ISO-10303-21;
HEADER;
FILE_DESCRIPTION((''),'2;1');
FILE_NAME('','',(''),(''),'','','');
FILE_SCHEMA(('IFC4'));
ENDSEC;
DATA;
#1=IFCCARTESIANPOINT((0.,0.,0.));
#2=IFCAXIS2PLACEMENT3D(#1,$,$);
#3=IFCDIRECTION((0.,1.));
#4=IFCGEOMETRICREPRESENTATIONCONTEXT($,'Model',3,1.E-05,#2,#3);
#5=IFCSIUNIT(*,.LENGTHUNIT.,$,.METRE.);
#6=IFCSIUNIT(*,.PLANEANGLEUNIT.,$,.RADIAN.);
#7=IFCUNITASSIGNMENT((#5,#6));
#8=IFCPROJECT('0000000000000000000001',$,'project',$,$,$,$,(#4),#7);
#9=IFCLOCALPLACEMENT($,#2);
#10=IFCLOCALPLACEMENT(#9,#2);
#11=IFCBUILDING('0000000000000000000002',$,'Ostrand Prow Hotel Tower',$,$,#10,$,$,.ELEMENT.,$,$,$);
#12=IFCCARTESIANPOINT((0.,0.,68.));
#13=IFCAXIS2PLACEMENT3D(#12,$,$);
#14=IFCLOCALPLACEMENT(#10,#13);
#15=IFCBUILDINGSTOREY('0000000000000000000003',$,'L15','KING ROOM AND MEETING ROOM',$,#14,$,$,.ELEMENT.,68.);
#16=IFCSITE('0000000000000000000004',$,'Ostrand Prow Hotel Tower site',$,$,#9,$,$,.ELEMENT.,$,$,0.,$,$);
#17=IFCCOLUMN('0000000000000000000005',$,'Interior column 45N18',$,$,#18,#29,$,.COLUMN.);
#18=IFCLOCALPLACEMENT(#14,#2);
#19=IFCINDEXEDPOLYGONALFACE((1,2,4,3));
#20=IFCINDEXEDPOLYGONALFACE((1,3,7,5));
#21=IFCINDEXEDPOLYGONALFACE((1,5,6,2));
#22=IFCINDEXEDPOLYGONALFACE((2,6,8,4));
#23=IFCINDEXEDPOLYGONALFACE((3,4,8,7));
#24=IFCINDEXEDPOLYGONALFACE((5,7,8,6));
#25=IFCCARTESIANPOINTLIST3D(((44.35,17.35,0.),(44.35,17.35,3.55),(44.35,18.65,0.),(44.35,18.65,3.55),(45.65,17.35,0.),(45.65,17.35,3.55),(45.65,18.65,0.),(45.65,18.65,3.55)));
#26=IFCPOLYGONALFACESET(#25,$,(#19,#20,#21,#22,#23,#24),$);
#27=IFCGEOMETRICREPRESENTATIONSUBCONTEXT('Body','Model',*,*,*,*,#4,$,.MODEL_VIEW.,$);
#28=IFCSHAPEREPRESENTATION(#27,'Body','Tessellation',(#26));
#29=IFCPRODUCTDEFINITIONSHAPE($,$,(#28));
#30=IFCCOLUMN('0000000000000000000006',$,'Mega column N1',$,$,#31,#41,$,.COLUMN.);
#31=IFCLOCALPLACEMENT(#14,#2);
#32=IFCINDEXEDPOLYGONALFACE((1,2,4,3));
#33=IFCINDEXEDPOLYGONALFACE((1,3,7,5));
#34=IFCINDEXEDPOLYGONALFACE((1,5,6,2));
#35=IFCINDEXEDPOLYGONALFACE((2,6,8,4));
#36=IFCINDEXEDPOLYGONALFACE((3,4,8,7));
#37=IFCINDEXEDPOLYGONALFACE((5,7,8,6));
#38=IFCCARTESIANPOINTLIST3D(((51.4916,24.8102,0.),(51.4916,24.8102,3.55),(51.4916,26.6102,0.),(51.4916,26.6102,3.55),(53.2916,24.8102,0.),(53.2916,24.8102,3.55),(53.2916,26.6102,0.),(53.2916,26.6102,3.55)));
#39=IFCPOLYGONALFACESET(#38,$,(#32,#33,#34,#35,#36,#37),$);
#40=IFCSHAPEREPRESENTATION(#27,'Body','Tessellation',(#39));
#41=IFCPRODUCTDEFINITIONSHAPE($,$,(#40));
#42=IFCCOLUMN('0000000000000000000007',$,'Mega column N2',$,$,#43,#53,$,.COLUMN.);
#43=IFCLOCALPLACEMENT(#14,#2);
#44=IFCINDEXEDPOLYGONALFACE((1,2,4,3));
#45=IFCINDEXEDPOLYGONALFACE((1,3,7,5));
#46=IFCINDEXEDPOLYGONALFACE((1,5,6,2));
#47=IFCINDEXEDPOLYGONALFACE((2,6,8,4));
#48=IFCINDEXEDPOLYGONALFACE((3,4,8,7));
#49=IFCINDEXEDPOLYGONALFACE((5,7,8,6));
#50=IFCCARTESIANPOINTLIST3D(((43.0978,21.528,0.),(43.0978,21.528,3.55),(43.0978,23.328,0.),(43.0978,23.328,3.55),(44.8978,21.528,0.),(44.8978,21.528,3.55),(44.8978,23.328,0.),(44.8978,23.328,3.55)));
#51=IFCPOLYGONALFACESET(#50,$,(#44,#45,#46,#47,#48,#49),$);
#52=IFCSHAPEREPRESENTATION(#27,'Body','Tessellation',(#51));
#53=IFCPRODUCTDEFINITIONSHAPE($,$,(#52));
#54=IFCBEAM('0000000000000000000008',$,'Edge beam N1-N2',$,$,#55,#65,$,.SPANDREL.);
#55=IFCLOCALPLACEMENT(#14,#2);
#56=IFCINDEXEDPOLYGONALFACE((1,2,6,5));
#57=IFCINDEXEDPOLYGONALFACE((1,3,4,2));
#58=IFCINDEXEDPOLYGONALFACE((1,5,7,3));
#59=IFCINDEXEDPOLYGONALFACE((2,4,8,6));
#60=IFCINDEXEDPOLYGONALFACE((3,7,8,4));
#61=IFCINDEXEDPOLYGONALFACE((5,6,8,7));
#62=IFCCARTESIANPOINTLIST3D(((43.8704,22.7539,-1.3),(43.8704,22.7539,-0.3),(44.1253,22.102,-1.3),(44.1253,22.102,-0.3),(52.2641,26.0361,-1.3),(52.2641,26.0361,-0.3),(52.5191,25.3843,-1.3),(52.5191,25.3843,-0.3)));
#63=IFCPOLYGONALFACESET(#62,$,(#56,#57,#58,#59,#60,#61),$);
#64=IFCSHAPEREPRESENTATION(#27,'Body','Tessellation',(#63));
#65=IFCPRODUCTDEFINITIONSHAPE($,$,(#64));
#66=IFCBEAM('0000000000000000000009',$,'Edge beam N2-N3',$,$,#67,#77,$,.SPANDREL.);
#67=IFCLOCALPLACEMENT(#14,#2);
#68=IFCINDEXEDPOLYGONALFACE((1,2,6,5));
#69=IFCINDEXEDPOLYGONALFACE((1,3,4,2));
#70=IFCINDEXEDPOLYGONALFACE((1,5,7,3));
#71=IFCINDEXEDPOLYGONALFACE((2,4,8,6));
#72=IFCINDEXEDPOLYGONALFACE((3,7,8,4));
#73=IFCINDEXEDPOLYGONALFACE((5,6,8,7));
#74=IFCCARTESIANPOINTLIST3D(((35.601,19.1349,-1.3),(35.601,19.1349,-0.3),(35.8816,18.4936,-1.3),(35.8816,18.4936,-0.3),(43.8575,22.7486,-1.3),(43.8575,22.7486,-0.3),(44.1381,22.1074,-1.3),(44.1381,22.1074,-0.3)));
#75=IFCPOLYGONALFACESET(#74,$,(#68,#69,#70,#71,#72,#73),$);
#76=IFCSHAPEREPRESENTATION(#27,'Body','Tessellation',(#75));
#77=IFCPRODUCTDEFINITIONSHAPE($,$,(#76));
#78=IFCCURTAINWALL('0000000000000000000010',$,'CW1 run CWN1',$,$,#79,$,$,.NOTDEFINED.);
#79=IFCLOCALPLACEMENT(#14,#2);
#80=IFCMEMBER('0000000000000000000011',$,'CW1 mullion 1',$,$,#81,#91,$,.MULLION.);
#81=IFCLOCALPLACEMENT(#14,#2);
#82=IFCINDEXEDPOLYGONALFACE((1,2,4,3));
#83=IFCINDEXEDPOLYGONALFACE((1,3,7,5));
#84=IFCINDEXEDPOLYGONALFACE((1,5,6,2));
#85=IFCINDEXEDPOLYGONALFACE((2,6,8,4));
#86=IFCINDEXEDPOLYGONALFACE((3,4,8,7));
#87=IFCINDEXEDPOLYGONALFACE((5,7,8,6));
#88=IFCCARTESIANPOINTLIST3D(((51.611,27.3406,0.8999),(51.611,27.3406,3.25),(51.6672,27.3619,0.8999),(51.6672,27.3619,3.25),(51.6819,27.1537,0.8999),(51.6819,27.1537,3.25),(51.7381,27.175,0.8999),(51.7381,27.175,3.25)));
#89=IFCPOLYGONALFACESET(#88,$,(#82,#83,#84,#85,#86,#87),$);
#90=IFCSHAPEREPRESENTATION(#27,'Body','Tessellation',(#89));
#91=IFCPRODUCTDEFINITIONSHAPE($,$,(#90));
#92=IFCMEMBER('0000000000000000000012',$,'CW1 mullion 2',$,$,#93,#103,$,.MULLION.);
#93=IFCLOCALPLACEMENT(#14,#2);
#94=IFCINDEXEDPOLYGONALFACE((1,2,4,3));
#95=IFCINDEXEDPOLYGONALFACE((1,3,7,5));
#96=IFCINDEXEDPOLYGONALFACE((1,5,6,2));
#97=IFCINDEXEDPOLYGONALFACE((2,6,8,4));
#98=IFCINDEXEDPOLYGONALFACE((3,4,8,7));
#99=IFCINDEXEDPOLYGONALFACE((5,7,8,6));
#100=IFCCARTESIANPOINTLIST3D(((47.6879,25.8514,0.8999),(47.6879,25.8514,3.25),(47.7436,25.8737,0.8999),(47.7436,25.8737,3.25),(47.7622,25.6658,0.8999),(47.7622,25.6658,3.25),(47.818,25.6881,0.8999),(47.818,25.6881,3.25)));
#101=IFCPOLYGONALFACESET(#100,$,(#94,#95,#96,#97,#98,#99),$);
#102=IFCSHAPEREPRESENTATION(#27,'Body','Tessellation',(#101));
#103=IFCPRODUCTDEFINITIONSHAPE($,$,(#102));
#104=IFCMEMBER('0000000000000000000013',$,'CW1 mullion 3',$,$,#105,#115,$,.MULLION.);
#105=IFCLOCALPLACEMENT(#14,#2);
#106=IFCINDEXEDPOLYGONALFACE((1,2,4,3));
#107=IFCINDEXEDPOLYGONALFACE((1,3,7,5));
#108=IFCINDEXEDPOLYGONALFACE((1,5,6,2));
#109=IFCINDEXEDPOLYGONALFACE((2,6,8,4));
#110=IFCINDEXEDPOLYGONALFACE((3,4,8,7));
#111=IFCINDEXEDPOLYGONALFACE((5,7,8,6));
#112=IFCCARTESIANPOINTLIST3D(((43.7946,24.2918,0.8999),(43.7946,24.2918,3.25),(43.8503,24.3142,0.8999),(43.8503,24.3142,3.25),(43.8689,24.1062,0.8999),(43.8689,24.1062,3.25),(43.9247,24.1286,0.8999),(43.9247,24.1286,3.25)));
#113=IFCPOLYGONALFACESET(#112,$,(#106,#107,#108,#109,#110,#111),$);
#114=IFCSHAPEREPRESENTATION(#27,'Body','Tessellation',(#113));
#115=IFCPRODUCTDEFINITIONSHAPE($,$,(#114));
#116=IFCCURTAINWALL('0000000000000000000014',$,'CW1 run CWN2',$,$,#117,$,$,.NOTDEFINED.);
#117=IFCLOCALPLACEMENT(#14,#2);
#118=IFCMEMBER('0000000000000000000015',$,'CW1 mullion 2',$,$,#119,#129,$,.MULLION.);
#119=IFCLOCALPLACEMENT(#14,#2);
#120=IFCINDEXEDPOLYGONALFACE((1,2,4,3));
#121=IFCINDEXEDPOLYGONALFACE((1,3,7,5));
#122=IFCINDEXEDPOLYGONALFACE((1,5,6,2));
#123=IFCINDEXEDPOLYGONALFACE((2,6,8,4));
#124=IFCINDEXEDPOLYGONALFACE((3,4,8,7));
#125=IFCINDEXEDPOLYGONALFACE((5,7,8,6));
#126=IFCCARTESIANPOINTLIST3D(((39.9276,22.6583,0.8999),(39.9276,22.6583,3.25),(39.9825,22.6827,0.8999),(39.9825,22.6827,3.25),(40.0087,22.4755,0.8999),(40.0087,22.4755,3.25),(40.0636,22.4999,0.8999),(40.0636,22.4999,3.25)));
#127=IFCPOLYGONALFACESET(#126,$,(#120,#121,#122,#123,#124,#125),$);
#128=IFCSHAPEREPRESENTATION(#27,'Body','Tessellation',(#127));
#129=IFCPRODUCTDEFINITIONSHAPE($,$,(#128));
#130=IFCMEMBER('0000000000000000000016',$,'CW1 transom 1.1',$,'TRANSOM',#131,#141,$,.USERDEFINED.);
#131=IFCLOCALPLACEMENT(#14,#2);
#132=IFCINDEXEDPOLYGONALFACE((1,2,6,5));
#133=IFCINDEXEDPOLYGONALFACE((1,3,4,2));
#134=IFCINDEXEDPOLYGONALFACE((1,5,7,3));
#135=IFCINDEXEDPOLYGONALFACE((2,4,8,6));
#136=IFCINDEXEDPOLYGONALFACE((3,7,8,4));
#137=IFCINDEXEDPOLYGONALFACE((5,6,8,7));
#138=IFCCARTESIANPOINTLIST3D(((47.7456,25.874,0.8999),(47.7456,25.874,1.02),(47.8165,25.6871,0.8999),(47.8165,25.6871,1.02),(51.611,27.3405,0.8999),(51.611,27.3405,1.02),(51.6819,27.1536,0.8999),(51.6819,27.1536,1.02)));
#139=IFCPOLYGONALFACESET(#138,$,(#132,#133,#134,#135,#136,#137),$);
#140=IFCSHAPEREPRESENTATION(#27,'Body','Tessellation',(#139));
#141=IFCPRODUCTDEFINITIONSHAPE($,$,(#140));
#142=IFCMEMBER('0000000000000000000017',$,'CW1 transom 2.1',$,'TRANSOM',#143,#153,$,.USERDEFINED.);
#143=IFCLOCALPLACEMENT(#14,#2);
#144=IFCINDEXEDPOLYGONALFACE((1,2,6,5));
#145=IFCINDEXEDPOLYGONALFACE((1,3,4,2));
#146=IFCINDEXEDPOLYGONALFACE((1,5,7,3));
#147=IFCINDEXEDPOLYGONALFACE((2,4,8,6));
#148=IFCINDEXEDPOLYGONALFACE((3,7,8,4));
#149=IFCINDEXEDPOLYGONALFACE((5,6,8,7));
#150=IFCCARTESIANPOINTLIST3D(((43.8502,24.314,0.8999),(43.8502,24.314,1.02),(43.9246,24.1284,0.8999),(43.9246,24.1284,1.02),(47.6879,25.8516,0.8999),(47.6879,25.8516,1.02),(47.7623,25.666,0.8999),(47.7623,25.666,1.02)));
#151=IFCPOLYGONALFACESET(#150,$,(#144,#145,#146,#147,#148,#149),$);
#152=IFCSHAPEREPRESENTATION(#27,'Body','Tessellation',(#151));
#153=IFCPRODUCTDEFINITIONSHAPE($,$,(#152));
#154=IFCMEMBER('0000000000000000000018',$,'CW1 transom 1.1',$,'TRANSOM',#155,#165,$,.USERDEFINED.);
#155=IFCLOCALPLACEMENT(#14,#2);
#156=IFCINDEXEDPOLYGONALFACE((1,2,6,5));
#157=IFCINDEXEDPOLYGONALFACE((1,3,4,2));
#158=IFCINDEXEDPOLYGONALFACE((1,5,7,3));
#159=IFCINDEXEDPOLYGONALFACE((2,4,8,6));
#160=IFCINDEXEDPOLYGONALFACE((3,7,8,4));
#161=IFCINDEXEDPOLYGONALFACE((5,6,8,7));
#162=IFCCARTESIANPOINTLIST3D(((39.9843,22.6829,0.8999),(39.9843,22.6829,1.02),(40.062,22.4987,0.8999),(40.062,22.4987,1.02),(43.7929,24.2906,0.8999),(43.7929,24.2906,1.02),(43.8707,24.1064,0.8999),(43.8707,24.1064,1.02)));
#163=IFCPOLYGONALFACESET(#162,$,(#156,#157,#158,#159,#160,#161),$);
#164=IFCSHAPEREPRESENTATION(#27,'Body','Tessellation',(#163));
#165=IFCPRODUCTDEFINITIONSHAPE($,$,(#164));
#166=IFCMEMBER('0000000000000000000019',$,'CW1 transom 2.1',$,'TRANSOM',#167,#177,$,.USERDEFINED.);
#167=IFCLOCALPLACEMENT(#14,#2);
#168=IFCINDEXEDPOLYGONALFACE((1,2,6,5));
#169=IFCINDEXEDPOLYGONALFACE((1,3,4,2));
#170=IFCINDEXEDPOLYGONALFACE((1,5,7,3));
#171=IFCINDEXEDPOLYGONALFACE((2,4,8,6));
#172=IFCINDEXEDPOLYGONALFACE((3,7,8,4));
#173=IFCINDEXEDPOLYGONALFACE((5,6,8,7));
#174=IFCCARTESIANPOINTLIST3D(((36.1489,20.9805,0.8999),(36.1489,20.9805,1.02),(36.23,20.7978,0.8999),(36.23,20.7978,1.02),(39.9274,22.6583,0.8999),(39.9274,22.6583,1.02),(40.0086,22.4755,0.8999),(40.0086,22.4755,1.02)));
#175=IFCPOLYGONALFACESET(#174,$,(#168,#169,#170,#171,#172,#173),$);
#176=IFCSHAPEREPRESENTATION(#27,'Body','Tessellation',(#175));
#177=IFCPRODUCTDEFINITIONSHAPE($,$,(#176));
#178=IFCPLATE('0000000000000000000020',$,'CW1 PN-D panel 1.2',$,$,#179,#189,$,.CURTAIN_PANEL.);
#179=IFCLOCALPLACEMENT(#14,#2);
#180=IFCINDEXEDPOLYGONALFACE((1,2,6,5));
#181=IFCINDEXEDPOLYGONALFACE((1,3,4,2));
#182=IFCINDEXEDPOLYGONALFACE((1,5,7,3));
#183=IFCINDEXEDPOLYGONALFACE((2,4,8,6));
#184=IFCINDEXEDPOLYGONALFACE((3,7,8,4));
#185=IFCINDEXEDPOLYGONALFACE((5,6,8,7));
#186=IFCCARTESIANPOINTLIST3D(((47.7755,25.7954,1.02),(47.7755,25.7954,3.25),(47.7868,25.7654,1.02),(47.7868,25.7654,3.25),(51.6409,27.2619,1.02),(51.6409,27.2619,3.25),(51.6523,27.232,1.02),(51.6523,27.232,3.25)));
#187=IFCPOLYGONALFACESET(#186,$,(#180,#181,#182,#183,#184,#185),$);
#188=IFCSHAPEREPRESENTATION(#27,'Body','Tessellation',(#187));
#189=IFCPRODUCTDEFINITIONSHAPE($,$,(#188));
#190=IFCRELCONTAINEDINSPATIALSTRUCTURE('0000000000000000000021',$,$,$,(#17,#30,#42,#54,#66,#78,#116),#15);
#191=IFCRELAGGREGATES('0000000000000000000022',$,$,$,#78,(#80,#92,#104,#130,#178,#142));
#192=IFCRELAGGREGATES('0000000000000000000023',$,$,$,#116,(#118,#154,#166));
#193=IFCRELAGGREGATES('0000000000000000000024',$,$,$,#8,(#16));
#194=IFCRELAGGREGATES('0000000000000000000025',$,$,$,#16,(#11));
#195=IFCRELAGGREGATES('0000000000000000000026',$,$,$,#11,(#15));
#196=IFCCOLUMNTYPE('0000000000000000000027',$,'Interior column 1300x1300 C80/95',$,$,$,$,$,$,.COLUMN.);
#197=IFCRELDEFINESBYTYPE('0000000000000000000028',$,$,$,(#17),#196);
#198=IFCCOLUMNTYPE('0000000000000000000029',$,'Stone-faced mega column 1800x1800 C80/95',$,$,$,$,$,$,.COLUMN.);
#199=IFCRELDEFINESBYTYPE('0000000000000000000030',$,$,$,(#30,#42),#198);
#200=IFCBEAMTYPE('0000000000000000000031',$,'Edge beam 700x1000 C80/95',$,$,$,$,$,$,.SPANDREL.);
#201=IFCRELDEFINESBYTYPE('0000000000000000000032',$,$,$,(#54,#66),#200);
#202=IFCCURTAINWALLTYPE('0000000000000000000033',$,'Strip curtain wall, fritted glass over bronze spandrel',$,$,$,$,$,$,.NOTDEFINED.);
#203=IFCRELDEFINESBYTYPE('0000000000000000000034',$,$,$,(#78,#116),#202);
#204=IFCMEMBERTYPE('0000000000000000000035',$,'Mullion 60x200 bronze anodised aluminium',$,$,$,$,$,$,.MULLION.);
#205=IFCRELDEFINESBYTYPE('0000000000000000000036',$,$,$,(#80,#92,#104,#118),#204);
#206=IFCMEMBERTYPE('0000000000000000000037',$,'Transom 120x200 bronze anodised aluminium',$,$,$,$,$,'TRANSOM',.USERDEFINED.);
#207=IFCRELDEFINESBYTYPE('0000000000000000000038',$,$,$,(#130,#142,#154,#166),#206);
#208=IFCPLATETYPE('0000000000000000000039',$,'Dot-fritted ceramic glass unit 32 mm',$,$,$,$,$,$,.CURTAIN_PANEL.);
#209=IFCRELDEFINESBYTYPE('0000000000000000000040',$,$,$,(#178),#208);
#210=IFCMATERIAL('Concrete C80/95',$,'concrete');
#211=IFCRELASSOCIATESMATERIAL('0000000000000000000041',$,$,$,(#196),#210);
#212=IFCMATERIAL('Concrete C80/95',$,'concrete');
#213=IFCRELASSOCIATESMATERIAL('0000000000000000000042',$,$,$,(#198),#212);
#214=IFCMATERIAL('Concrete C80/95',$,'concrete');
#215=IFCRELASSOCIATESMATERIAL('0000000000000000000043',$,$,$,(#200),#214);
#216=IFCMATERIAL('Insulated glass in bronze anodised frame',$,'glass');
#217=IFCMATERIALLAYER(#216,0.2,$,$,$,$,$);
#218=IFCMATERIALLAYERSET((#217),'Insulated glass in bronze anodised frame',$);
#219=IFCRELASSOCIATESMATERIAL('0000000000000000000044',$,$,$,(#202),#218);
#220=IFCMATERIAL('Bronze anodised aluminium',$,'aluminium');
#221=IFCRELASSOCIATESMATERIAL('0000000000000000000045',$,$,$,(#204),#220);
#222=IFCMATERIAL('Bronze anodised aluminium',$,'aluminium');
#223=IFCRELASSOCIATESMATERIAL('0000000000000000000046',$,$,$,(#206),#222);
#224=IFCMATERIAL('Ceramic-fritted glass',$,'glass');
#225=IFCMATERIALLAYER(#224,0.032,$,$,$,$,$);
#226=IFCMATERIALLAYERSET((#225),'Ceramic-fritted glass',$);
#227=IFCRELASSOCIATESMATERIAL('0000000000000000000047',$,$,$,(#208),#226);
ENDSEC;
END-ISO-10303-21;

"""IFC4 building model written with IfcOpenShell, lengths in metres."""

from ifc_helpers import new_model, si_unit, direction, frame, origin, origin_2d, place, context, subcontext, project, spatial, rectangle, extrude, material, layer, layer_set, material_profile, profile_set, type_object, element, aggregate, save


model = new_model("IFC4")

# Units and contexts
model_context = context("Model", 3, precision=1e-05, world=origin(), true_north=direction((0.0, 1.0)))
body_context = subcontext(model_context, "Body", "Model", "MODEL_VIEW")
ifc_project = project(units=[si_unit("LENGTHUNIT", "METRE"), si_unit("PLANEANGLEUNIT", "RADIAN")], contexts=[model_context])

# Site, building, storey
site_placement = place(None, origin())
site = spatial("IfcSite", under=ifc_project, at=site_placement, Name="Ostrand Prow Hotel Tower site", CompositionType="ELEMENT", RefElevation=0.0)
building_placement = place(site_placement, origin())
building = spatial("IfcBuilding", under=site, at=building_placement, Name="Ostrand Prow Hotel Tower", CompositionType="ELEMENT")
storey_placement = place(building_placement, frame((0.0, 0.0, 68.0)))
storey = spatial("IfcBuildingStorey", under=building, at=storey_placement, Name="L15", Description="KING ROOM AND MEETING ROOM", CompositionType="ELEMENT", Elevation=68.0)

# Columns
ifc_material_1 = material(Name="Concrete C80/95", Category="concrete")
ifc_material_profile_1 = material_profile(ifc_material_1, rectangle(XDim=1.3, YDim=1.3, at=origin_2d()), Name="RC 1300x1300")
ifc_profile_set_1 = profile_set([ifc_material_profile_1], Name="Concrete C80/95")
column_type_1 = type_object("IfcColumnType", Name="Interior column 1300x1300 C80/95", PredefinedType="COLUMN", material=ifc_profile_set_1)
column_placement = place(storey_placement, frame((45.0, 18.0, 0.0), z_axis=(0.0, 0.0, 1.0), x_axis=(1.0, 0.0, 0.0)))
element("IfcColumn", 1, at=column_placement, inside=storey, type_object=column_type_1, Name="Interior column 45N18", PredefinedType="COLUMN", context=body_context, shape_type="SweptSolid", body=[
    extrude(rectangle(XDim=1.3, YDim=1.3, at=origin_2d()), origin(), (0.0, 0.0, 1.0), 3.55),
])
ifc_material_2 = material(Name="Concrete C80/95", Category="concrete")
ifc_material_profile_2 = material_profile(ifc_material_2, rectangle(XDim=1.8, YDim=1.8, at=origin_2d()), Name="RC 1800x1800")
ifc_profile_set_2 = profile_set([ifc_material_profile_2], Name="Concrete C80/95")
column_type_2 = type_object("IfcColumnType", Name="Stone-faced mega column 1800x1800 C80/95", PredefinedType="COLUMN", material=ifc_profile_set_2)
for number, where, z_axis, x_axis, name in (
    (2, (52.3916, 25.7102, 0.0), (0.0, 0.0, 1.0), (1.0, 0.0, 0.0), "Mega column N1"),
    (3, (43.9978, 22.428, 0.0), (0.0, 0.0, 1.0), (1.0, 0.0, 0.0), "Mega column N2"),
):
    element("IfcColumn", number, at=place(storey_placement, frame(where, z_axis=z_axis, x_axis=x_axis)), inside=storey, type_object=column_type_2, Name=name, PredefinedType="COLUMN", context=body_context, shape_type="SweptSolid", body=[
        extrude(rectangle(XDim=1.8, YDim=1.8, at=origin_2d()), origin(), (0.0, 0.0, 1.0), 3.55),
    ])

# Beams
ifc_material_3 = material(Name="Concrete C80/95", Category="concrete")
ifc_material_profile_3 = material_profile(ifc_material_3, rectangle(XDim=0.7, YDim=1.0, at=origin_2d()), Name="RC 700x1000")
ifc_profile_set_3 = profile_set([ifc_material_profile_3], Name="Concrete C80/95")
beam_type = type_object("IfcBeamType", Name="Edge beam 700x1000 C80/95", PredefinedType="SPANDREL", material=ifc_profile_set_3)
for number, where, z_axis, x_axis, name in (
    (4, (52.3916, 25.7102, -0.8), (-0.931329, -0.364178, 0.0), (0.364178, -0.931329, 0.0), "Edge beam N1-N2"),
    (5, (43.9978, 22.428, -0.8), (-0.916096, -0.40096, 0.0), (0.40096, -0.916096, 0.0), "Edge beam N2-N3"),
):
    element("IfcBeam", number, at=place(storey_placement, frame(where, z_axis=z_axis, x_axis=x_axis)), inside=storey, type_object=beam_type, Name=name, PredefinedType="SPANDREL", context=body_context, shape_type="SweptSolid", body=[
        extrude(rectangle(XDim=0.7, YDim=1.0, at=origin_2d()), origin(), (0.0, 0.0, 1.0), 9.0127),
    ])

# Curtain wall, members
ifc_material_4 = material(Name="Insulated glass in bronze anodised frame", Category="glass")
ifc_layer_1 = layer(ifc_material_4, 0.2)
ifc_layer_set_1 = layer_set([ifc_layer_1], Name="Insulated glass in bronze anodised frame")
curtain_wall_type = type_object("IfcCurtainWallType", Name="Strip curtain wall, fritted glass over bronze spandrel", PredefinedType="NOTDEFINED", material=ifc_layer_set_1)
curtain_wall_1_placement = place(storey_placement, origin())
curtain_wall_1 = element("IfcCurtainWall", 6, at=curtain_wall_1_placement, inside=storey, type_object=curtain_wall_type, Name="CW1 run CWN1", PredefinedType="NOTDEFINED")
ifc_material_5 = material(Name="Bronze anodised aluminium", Category="aluminium")
ifc_material_profile_4 = material_profile(ifc_material_5, rectangle(XDim=0.2, YDim=0.0601, at=origin_2d()), Name="Mullion 60x200 bronze anodised aluminium")
ifc_profile_set_4 = profile_set([ifc_material_profile_4], Name="Bronze anodised aluminium")
member_type_1 = type_object("IfcMemberType", Name="Mullion 60x200 bronze anodised aluminium", PredefinedType="MULLION", material=ifc_profile_set_4)
member_1_placement = place(storey_placement, frame((51.6746, 27.2578, 0.8999), z_axis=(0.0, 0.0, 1.0), x_axis=(0.354728, -0.934969, 0.0)))
member_1 = element("IfcMember", 7, at=member_1_placement, type_object=member_type_1, Name="CW1 mullion 1", PredefinedType="MULLION", context=body_context, shape_type="SweptSolid", body=[
    extrude(rectangle(XDim=0.2, YDim=0.0601, at=origin_2d()), origin(), (0.0, 0.0, 1.0), 2.3501),
])
member_2_placement = place(storey_placement, frame((47.7529, 25.7698, 0.8999), z_axis=(0.0, 0.0, 1.0), x_axis=(0.371873, -0.928283, 0.0)))
member_2 = element("IfcMember", 8, at=member_2_placement, type_object=member_type_1, Name="CW1 mullion 2", PredefinedType="MULLION", context=body_context, shape_type="SweptSolid", body=[
    extrude(rectangle(XDim=0.2, YDim=0.0601, at=origin_2d()), origin(), (0.0, 0.0, 1.0), 2.3501),
])
member_3_placement = place(storey_placement, frame((43.8596, 24.2102, 0.8999), z_axis=(0.0, 0.0, 1.0), x_axis=(0.371873, -0.928283, 0.0)))
member_3 = element("IfcMember", 9, at=member_3_placement, type_object=member_type_1, Name="CW1 mullion 3", PredefinedType="MULLION", context=body_context, shape_type="SweptSolid", body=[
    extrude(rectangle(XDim=0.2, YDim=0.0601, at=origin_2d()), origin(), (0.0, 0.0, 1.0), 2.3501),
])

# Curtain wall, member
curtain_wall_2_placement = place(storey_placement, origin())
curtain_wall_2 = element("IfcCurtainWall", 10, at=curtain_wall_2_placement, inside=storey, type_object=curtain_wall_type, Name="CW1 run CWN2", PredefinedType="NOTDEFINED")
member_4_placement = place(storey_placement, frame((39.9956, 22.5791, 0.8999), z_axis=(0.0, 0.0, 1.0), x_axis=(0.40578, -0.913971, 0.0)))
member_4 = element("IfcMember", 11, at=member_4_placement, type_object=member_type_1, Name="CW1 mullion 2", PredefinedType="MULLION", context=body_context, shape_type="SweptSolid", body=[
    extrude(rectangle(XDim=0.2, YDim=0.0601, at=origin_2d()), origin(), (0.0, 0.0, 1.0), 2.3501),
])

# Members
ifc_material_6 = material(Name="Bronze anodised aluminium", Category="aluminium")
ifc_material_profile_5 = material_profile(ifc_material_6, rectangle(XDim=0.2, YDim=0.1201, at=origin_2d()), Name="Transom 120x200 bronze anodised aluminium")
ifc_profile_set_5 = profile_set([ifc_material_profile_5], Name="Bronze anodised aluminium")
member_type_2 = type_object("IfcMemberType", Name="Transom 120x200 bronze anodised aluminium", ElementType="TRANSOM", PredefinedType="USERDEFINED", material=ifc_profile_set_5)
member_5_placement = place(storey_placement, frame((51.6465, 27.2471, 0.96), z_axis=(-0.934971, -0.354725, 0.0), x_axis=(0.354725, -0.934971, 0.0)))
member_5 = element("IfcMember", 12, at=member_5_placement, type_object=member_type_2, Name="CW1 transom 1.1", ObjectType="TRANSOM", PredefinedType="USERDEFINED", context=body_context, shape_type="SweptSolid", body=[
    extrude(rectangle(XDim=0.2, YDim=0.1201, at=origin_2d()), origin(), (0.0, 0.0, 1.0), 4.1343),
])
member_6_placement = place(storey_placement, frame((47.7251, 25.7588, 0.96), z_axis=(-0.928265, -0.37192, 0.0), x_axis=(0.37192, -0.928265, 0.0)))
member_6 = element("IfcMember", 13, at=member_6_placement, type_object=member_type_2, Name="CW1 transom 2.1", ObjectType="TRANSOM", PredefinedType="USERDEFINED", context=body_context, shape_type="SweptSolid", body=[
    extrude(rectangle(XDim=0.2, YDim=0.1201, at=origin_2d()), origin(), (0.0, 0.0, 1.0), 4.1343),
])
member_7_placement = place(storey_placement, frame((43.8318, 24.1985, 0.96), z_axis=(-0.921285, -0.388888, 0.0), x_axis=(0.388888, -0.921285, 0.0)))
member_7 = element("IfcMember", 14, at=member_7_placement, type_object=member_type_2, Name="CW1 transom 1.1", ObjectType="TRANSOM", PredefinedType="USERDEFINED", context=body_context, shape_type="SweptSolid", body=[
    extrude(rectangle(XDim=0.2, YDim=0.1201, at=origin_2d()), origin(), (0.0, 0.0, 1.0), 4.134),
])
member_8_placement = place(storey_placement, frame((39.968, 22.5669, 0.96), z_axis=(-0.913958, -0.40581, 0.0), x_axis=(0.40581, -0.913958, 0.0)))
member_8 = element("IfcMember", 15, at=member_8_placement, type_object=member_type_2, Name="CW1 transom 2.1", ObjectType="TRANSOM", PredefinedType="USERDEFINED", context=body_context, shape_type="SweptSolid", body=[
    extrude(rectangle(XDim=0.2, YDim=0.1201, at=origin_2d()), origin(), (0.0, 0.0, 1.0), 4.1343),
])

# Plate
ifc_material_7 = material(Name="Ceramic-fritted glass", Category="glass")
ifc_layer_2 = layer(ifc_material_7, 0.032)
ifc_layer_set_2 = layer_set([ifc_layer_2], Name="Ceramic-fritted glass")
plate_type_1 = type_object("IfcPlateType", Name="Dot-fritted ceramic glass unit 32 mm", PredefinedType="CURTAIN_PANEL", material=ifc_layer_set_2)
plate_1_placement = place(storey_placement, frame((49.7139, 26.5137, 1.02), z_axis=(0.0, 0.0, 1.0), x_axis=(-0.934969, -0.354728, 0.0)))
plate_1 = element("IfcPlate", 16, at=plate_1_placement, type_object=plate_type_1, Name="CW1 PN-D panel 1.2", PredefinedType="CURTAIN_PANEL", context=body_context, shape_type="SweptSolid", body=[
    extrude(rectangle(XDim=4.1343, YDim=0.032, at=origin_2d()), origin(), (0.0, 0.0, 1.0), 2.23),
])
aggregate(curtain_wall_1, [member_1, member_2, member_3, member_5, plate_1, member_6])
aggregate(curtain_wall_2, [member_4, member_7, member_8])

save(model, "model.ifc")
